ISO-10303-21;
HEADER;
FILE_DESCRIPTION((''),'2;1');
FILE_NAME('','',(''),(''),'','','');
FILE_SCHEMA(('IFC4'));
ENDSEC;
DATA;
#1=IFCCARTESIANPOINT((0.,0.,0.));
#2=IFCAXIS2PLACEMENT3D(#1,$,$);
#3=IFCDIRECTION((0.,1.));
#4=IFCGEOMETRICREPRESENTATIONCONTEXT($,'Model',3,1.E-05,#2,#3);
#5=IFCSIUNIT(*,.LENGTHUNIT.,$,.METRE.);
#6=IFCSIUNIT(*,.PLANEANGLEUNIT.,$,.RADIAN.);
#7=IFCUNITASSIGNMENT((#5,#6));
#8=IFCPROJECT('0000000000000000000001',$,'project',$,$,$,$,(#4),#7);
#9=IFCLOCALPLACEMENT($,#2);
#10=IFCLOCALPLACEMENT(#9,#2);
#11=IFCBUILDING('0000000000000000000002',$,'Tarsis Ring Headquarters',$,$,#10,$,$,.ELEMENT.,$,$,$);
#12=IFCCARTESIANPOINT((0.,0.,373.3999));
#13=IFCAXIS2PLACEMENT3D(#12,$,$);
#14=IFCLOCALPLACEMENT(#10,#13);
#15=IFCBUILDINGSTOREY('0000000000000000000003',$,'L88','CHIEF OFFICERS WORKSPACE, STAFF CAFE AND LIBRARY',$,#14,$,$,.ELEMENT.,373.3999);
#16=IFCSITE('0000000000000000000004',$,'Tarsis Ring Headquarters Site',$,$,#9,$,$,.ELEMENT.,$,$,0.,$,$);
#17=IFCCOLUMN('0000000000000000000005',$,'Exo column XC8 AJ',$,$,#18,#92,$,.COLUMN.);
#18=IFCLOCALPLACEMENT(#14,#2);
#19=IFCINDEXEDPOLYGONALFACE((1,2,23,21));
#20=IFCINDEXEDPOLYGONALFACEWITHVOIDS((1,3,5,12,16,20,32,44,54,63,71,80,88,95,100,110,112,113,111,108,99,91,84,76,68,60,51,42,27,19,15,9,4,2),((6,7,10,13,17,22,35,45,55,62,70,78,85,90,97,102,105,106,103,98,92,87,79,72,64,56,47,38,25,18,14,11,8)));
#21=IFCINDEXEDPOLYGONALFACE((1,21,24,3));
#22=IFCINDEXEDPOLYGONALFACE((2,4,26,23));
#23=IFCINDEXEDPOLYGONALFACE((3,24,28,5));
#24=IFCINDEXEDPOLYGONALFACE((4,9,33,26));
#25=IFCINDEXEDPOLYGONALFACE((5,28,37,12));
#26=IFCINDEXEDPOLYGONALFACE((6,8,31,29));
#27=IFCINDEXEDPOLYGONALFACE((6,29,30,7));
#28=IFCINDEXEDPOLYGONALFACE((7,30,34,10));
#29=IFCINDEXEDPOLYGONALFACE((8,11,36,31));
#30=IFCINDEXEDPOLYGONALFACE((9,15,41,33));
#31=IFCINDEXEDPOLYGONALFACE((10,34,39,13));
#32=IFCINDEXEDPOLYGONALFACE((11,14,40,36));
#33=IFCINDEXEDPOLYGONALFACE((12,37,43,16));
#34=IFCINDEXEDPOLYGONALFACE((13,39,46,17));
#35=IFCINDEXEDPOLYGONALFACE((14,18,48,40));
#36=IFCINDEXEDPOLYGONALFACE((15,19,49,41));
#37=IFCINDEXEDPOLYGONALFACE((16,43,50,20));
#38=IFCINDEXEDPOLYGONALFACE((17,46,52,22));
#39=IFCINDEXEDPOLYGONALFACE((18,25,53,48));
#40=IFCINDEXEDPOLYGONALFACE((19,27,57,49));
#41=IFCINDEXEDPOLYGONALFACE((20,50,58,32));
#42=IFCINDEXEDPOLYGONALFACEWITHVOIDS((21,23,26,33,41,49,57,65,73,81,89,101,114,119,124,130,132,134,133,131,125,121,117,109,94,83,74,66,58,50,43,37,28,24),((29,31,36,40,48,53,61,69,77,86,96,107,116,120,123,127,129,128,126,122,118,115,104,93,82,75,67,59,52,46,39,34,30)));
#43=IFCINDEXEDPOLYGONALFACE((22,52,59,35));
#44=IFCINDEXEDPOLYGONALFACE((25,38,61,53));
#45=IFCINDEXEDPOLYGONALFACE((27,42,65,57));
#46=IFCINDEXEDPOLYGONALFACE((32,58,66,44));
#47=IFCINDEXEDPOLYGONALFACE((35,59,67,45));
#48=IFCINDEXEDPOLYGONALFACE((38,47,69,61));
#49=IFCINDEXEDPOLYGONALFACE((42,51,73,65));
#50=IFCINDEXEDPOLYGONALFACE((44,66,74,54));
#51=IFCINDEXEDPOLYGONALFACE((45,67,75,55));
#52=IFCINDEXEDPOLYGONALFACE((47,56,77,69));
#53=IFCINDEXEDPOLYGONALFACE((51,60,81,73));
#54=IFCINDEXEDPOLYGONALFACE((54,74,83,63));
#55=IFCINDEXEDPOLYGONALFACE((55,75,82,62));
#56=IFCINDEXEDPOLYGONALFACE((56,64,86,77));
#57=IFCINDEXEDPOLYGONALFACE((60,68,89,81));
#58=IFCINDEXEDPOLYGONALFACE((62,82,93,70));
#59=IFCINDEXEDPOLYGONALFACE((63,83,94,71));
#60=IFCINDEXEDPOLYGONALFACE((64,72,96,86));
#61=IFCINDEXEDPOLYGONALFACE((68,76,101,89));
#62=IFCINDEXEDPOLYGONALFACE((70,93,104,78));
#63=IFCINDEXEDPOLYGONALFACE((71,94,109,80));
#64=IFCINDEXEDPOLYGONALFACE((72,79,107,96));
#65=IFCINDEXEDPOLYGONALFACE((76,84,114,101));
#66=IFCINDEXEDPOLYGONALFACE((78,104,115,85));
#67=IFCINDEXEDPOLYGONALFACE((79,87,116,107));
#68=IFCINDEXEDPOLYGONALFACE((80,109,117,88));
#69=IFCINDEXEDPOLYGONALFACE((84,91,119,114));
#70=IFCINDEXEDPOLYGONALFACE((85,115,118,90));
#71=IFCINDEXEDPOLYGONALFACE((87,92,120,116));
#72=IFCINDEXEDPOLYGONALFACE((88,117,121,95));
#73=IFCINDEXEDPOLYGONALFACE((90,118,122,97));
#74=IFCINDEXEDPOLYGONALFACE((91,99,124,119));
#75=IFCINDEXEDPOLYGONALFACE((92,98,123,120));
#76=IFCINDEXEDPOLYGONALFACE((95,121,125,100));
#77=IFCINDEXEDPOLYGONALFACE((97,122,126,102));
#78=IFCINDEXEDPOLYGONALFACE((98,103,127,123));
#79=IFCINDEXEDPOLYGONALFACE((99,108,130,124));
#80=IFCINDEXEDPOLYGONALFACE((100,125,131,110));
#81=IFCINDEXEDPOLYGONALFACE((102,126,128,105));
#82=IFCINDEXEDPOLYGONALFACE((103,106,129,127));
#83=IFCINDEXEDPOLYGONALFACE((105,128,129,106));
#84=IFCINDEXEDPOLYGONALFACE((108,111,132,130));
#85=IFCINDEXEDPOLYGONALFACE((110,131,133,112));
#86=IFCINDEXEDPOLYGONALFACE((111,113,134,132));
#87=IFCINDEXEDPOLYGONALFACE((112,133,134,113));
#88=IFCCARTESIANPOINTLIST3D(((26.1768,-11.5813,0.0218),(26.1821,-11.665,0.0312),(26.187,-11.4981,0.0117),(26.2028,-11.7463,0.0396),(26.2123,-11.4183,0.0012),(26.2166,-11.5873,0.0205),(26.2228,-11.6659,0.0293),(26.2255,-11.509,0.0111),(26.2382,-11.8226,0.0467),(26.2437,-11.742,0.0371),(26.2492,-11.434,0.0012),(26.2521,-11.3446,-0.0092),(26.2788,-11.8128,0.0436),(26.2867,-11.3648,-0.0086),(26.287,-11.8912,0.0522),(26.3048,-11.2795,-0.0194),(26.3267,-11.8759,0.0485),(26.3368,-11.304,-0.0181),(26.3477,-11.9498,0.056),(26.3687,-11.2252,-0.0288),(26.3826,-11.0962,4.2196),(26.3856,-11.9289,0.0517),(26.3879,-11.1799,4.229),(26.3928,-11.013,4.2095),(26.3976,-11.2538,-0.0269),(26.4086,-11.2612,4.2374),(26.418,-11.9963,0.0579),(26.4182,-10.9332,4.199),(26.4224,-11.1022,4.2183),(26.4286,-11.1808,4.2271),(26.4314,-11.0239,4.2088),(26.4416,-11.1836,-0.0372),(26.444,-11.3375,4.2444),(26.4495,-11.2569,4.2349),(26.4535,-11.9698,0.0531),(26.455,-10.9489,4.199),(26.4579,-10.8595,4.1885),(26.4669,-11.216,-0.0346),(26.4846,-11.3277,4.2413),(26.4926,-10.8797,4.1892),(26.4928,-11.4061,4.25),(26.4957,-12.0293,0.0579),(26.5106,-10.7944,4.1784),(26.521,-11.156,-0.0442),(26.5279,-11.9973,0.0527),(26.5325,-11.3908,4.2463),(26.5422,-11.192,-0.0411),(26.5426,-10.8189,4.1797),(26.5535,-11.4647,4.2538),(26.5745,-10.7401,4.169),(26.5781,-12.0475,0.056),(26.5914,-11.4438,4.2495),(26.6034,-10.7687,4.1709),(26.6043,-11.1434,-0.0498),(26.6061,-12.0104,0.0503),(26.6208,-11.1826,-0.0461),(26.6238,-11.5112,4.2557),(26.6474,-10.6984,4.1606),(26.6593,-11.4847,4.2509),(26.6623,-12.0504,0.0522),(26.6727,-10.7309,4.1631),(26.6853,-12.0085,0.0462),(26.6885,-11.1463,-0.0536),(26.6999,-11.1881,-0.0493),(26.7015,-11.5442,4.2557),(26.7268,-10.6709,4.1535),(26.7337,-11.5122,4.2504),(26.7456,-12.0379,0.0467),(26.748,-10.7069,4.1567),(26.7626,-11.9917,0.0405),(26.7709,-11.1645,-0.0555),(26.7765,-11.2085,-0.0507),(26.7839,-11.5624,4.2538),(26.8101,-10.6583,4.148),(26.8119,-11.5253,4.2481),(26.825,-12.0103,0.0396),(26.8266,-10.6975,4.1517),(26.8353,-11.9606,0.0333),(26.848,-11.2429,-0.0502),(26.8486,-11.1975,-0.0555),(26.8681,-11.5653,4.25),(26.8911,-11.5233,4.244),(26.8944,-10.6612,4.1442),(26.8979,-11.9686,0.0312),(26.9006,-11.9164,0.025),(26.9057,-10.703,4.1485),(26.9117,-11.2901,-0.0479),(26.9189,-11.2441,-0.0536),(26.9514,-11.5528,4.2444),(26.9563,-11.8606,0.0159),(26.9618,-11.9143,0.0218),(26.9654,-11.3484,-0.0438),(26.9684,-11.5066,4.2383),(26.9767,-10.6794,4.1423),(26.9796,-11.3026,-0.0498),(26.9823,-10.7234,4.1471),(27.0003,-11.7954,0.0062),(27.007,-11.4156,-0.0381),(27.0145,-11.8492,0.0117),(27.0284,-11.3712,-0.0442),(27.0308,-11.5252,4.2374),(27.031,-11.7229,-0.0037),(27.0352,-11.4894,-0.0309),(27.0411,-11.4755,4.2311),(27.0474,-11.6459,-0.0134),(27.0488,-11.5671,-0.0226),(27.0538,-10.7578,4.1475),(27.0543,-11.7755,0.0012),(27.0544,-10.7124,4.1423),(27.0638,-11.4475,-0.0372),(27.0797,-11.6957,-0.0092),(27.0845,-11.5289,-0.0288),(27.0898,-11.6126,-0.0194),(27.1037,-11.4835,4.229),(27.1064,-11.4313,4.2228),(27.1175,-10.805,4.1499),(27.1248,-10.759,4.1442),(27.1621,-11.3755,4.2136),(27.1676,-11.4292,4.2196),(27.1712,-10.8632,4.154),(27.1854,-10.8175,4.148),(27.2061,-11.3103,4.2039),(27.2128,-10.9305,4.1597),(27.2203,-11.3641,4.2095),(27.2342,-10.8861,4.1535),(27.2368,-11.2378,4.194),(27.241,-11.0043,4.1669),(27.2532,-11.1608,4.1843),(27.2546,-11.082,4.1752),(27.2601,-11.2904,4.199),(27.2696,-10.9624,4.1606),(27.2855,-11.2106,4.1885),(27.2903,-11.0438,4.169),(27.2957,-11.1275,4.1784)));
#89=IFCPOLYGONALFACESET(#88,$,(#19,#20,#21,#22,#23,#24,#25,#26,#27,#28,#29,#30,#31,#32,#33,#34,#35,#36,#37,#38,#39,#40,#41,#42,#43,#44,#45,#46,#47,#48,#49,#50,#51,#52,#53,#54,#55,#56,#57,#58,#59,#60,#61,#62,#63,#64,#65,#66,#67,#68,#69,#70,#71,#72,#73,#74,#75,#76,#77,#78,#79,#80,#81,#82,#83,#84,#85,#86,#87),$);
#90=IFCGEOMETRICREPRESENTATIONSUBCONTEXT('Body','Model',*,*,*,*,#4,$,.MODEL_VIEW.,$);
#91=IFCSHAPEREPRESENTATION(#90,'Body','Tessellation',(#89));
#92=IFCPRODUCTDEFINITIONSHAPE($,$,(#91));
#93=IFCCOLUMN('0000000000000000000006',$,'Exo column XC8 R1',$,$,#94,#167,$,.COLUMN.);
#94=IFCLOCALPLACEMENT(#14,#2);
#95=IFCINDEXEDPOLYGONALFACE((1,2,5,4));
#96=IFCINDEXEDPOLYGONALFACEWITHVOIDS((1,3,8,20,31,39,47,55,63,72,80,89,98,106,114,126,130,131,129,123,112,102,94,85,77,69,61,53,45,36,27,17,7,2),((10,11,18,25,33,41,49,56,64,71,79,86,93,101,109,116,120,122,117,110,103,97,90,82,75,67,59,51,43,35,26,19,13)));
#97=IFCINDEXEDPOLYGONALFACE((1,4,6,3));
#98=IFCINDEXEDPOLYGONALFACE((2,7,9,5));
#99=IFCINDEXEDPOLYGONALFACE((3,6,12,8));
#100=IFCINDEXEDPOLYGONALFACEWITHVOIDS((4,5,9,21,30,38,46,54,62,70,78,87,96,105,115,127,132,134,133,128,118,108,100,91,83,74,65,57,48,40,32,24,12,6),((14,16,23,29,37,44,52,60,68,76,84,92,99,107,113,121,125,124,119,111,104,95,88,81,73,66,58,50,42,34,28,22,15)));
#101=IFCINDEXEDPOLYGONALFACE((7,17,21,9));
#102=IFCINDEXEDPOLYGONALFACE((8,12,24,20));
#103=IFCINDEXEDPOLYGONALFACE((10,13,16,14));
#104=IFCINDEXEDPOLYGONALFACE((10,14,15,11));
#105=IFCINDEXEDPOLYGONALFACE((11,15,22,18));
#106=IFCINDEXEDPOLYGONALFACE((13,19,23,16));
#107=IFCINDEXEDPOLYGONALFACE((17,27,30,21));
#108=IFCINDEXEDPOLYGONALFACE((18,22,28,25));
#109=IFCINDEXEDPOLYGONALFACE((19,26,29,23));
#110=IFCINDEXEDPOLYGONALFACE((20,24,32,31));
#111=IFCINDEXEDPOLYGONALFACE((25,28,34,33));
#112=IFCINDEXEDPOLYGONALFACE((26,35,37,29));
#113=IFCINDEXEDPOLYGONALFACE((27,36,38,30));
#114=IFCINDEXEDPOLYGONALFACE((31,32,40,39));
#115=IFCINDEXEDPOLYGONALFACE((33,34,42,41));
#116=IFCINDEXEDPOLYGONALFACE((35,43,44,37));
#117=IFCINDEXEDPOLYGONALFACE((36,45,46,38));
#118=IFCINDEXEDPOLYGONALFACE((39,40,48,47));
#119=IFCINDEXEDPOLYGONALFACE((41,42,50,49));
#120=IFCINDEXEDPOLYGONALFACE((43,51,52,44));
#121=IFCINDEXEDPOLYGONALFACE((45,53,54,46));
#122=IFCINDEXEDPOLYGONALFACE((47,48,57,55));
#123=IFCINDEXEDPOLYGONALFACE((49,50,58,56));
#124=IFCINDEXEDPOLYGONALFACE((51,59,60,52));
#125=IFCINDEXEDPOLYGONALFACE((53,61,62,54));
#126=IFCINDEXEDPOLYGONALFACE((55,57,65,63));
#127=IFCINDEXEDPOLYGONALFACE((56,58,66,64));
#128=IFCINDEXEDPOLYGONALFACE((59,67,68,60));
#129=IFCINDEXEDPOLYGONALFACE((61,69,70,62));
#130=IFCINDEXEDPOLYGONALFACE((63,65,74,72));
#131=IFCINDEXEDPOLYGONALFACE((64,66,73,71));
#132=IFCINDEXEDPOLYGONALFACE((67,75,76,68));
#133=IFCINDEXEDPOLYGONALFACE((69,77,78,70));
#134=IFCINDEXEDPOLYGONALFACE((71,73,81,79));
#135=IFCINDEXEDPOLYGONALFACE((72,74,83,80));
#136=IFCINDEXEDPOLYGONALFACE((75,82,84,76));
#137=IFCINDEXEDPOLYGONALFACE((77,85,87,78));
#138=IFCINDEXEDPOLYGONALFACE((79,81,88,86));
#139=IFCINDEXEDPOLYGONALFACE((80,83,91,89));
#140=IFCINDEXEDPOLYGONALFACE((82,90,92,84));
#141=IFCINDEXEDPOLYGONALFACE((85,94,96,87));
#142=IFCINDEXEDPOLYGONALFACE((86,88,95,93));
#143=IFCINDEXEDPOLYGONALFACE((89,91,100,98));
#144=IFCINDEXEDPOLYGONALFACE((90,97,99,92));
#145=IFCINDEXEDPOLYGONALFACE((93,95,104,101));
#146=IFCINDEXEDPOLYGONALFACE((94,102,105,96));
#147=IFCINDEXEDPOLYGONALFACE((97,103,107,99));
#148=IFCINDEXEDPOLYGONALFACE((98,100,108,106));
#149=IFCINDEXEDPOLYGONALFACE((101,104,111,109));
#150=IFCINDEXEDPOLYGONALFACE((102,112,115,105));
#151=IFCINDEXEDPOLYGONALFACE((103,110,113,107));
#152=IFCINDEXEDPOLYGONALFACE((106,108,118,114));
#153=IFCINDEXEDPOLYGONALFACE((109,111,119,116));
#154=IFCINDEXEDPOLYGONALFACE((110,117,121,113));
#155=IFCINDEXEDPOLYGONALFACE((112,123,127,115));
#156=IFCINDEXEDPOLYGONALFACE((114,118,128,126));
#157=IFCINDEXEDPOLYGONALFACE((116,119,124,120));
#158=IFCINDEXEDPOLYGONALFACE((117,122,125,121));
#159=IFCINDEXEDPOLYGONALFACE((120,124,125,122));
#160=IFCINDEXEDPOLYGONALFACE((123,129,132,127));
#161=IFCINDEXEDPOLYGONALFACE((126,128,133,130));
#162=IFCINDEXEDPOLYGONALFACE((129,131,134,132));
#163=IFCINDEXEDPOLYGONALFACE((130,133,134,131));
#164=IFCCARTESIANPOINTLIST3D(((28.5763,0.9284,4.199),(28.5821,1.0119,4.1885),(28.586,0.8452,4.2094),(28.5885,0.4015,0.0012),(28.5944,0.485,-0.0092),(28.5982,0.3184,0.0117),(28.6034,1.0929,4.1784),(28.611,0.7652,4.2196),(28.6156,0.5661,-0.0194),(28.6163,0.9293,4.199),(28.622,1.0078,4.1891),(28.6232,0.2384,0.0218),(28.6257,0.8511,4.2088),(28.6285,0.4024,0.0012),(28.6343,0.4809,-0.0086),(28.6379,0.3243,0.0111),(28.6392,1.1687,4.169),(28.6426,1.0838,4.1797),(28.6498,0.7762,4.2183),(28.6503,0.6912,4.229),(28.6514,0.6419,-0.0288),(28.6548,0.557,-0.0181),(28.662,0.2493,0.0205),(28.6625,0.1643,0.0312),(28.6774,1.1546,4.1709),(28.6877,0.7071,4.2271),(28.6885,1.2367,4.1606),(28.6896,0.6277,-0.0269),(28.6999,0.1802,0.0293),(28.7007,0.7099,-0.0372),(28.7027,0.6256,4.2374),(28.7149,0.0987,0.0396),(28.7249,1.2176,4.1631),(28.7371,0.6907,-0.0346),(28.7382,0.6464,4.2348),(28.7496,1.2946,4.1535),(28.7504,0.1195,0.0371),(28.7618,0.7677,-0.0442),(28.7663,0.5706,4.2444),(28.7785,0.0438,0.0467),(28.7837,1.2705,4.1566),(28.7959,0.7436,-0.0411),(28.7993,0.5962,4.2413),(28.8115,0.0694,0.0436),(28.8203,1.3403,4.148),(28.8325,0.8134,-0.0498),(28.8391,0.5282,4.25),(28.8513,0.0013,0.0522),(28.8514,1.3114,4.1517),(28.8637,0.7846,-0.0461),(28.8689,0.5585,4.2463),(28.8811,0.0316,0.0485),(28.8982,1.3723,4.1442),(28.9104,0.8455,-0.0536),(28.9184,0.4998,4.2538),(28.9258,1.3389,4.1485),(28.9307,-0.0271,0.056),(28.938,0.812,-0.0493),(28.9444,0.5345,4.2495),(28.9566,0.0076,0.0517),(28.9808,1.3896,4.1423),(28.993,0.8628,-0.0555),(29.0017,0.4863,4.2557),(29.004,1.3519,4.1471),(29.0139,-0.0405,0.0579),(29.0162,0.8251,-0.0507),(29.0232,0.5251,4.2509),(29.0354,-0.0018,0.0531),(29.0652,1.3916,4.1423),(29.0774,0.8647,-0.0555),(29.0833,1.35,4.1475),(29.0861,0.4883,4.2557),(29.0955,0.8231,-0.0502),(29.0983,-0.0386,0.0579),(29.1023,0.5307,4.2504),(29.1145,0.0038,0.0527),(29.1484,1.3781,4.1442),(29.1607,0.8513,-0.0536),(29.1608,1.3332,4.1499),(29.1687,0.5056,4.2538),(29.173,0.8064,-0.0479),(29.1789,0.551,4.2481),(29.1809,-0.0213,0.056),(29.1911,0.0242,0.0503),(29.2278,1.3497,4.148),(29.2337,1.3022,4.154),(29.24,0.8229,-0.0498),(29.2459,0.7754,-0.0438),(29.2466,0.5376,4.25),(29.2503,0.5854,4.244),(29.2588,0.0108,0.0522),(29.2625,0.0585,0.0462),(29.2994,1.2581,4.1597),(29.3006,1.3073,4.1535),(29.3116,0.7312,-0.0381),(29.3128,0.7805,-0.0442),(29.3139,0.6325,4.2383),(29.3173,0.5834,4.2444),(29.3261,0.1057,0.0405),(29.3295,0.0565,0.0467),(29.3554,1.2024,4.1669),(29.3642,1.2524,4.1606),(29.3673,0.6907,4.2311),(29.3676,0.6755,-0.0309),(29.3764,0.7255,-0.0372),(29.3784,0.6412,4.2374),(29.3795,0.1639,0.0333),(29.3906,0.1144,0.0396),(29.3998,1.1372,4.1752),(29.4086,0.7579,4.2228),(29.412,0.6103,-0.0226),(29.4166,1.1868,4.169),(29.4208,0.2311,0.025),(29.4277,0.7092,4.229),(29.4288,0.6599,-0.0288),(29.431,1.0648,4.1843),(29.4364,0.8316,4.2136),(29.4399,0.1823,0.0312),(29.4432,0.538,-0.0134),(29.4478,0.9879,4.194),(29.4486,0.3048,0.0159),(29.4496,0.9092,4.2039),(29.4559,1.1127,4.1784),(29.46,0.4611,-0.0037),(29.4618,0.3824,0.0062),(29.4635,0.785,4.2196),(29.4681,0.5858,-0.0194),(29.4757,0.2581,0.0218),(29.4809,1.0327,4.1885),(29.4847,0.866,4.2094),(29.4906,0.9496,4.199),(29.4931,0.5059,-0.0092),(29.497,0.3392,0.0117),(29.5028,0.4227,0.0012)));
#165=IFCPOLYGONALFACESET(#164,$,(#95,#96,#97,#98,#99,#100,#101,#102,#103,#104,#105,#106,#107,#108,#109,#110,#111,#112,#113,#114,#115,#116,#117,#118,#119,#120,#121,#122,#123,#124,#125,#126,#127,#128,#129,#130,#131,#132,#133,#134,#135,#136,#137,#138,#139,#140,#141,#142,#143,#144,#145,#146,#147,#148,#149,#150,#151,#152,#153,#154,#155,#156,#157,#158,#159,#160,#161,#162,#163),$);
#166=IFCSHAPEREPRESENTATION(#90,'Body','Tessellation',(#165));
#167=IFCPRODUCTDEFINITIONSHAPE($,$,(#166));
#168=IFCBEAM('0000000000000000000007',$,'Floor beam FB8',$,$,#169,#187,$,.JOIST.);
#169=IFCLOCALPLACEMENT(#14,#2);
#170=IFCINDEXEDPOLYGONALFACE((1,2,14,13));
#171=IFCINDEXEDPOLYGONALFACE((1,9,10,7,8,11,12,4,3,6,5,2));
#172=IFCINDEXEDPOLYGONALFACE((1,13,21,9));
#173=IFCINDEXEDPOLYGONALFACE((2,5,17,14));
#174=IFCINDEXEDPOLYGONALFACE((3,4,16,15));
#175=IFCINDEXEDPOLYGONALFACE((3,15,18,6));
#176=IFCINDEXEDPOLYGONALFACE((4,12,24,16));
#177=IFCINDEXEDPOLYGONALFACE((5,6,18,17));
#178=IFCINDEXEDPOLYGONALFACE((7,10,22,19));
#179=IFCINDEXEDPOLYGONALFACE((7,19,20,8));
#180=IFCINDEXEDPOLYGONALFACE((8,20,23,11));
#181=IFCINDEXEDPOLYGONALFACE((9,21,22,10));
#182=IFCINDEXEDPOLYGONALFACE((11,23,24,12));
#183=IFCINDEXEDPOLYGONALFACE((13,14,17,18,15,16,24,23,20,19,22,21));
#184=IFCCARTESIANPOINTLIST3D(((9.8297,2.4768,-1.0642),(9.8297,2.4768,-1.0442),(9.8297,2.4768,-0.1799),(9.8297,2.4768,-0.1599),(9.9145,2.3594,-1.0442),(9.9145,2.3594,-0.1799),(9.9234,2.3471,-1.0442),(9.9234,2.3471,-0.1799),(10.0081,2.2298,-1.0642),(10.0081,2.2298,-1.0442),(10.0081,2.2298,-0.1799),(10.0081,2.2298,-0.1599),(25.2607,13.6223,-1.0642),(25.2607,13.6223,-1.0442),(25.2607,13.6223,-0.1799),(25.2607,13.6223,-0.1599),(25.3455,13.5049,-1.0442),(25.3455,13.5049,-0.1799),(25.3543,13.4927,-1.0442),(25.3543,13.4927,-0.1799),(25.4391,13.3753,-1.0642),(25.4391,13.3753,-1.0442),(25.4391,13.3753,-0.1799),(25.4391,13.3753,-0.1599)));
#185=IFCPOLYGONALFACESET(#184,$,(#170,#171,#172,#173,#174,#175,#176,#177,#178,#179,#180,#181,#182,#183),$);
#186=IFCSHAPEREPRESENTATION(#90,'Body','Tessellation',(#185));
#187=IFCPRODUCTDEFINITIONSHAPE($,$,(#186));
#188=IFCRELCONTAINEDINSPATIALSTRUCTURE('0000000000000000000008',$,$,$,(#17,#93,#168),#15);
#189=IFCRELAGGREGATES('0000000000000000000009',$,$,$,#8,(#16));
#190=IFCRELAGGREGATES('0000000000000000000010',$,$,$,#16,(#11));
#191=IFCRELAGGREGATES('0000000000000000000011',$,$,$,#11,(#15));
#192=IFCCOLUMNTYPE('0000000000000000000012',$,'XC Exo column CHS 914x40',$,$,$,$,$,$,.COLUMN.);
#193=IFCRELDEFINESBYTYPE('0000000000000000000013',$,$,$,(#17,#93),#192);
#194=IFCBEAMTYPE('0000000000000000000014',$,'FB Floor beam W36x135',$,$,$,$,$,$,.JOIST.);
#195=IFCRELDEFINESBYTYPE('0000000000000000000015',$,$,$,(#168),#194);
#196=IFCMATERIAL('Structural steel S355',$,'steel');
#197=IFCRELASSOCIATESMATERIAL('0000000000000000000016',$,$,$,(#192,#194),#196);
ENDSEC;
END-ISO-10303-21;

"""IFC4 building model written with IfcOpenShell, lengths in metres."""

from ifc_helpers import new_model, si_unit, direction, frame, origin, origin_2d, place, context, subcontext, project, spatial, hollow_circle, i_section, extrude, material, material_profile, profile_set, type_object, element, save


model = new_model("IFC4")

# Units and contexts
model_context = context("Model", 3, precision=1e-05, world=origin(), true_north=direction((0.0, 1.0)))
body_context = subcontext(model_context, "Body", "Model", "MODEL_VIEW")
ifc_project = project(units=[si_unit("LENGTHUNIT", "METRE"), si_unit("PLANEANGLEUNIT", "RADIAN")], contexts=[model_context])

# Site, building, storey
site_placement = place(None, origin())
site = spatial("IfcSite", under=ifc_project, at=site_placement, Name="Tarsis Ring Headquarters Site", CompositionType="ELEMENT", RefElevation=0.0)
building_placement = place(site_placement, origin())
building = spatial("IfcBuilding", under=site, at=building_placement, Name="Tarsis Ring Headquarters", CompositionType="ELEMENT")
storey_placement = place(building_placement, frame((0.0, 0.0, 373.3999)))
storey = spatial("IfcBuildingStorey", under=building, at=storey_placement, Name="L88", Description="CHIEF OFFICERS WORKSPACE, STAFF CAFE AND LIBRARY", CompositionType="ELEMENT", Elevation=373.3999)

# Columns
ifc_material_1 = material(Name="Structural steel S355", Category="steel")
ifc_material_profile_1 = material_profile(ifc_material_1, hollow_circle(Radius=0.457, WallThickness=0.04, at=origin_2d()), Name="CHS 914x40")
ifc_profile_set_1 = profile_set([ifc_material_profile_1], Name="Structural steel S355")
column_type = type_object("IfcColumnType", Name="XC Exo column CHS 914x40", PredefinedType="COLUMN", material=ifc_profile_set_1)
for number, where, z_axis, x_axis, name in (
    (1, (26.6333, -11.5969, 0.0012), (0.048647, 0.114664, 0.992213), (-0.920577, 0.390562, 0.0), "Exo column XC8 AJ"),
    (2, (29.0457, 0.4121, 0.0012), (-0.002885, 0.124531, 0.992211), (-0.999732, -0.023163, 0.0), "Exo column XC8 R1"),
):
    element("IfcColumn", number, at=place(storey_placement, frame(where, z_axis=z_axis, x_axis=x_axis)), inside=storey, type_object=column_type, Name=name, PredefinedType="COLUMN", context=body_context, shape_type="SweptSolid", body=[
        extrude(hollow_circle(Radius=0.4573, WallThickness=0.04, at=origin_2d()), origin(), (0.0, 0.0, 1.0), 4.2307),
    ])

# Beam
ifc_material_profile_2 = material_profile(ifc_material_1, i_section(OverallWidth=0.3047, OverallDepth=0.9043, WebThickness=0.0151, FlangeThickness=0.02, at=origin_2d()), Name="W36x135")
ifc_profile_set_2 = profile_set([ifc_material_profile_2], Name="Structural steel S355")
beam_type_1 = type_object("IfcBeamType", Name="FB Floor beam W36x135", PredefinedType="JOIST", material=ifc_profile_set_2)
beam_1_placement = place(storey_placement, frame((9.9189, 2.3533, -0.6121), z_axis=(0.810655, 0.585524, 0.0), x_axis=(-0.585524, 0.810655, 0.0)))
element("IfcBeam", 3, at=beam_1_placement, inside=storey, type_object=beam_type_1, Name="Floor beam FB8", PredefinedType="JOIST", context=body_context, shape_type="SweptSolid", body=[
    extrude(i_section(OverallWidth=0.3047, OverallDepth=0.9043, WebThickness=0.0151, FlangeThickness=0.02, at=origin_2d()), origin(), (0.0, 0.0, 1.0), 19.0352),
])

save(model, "model.ifc")
